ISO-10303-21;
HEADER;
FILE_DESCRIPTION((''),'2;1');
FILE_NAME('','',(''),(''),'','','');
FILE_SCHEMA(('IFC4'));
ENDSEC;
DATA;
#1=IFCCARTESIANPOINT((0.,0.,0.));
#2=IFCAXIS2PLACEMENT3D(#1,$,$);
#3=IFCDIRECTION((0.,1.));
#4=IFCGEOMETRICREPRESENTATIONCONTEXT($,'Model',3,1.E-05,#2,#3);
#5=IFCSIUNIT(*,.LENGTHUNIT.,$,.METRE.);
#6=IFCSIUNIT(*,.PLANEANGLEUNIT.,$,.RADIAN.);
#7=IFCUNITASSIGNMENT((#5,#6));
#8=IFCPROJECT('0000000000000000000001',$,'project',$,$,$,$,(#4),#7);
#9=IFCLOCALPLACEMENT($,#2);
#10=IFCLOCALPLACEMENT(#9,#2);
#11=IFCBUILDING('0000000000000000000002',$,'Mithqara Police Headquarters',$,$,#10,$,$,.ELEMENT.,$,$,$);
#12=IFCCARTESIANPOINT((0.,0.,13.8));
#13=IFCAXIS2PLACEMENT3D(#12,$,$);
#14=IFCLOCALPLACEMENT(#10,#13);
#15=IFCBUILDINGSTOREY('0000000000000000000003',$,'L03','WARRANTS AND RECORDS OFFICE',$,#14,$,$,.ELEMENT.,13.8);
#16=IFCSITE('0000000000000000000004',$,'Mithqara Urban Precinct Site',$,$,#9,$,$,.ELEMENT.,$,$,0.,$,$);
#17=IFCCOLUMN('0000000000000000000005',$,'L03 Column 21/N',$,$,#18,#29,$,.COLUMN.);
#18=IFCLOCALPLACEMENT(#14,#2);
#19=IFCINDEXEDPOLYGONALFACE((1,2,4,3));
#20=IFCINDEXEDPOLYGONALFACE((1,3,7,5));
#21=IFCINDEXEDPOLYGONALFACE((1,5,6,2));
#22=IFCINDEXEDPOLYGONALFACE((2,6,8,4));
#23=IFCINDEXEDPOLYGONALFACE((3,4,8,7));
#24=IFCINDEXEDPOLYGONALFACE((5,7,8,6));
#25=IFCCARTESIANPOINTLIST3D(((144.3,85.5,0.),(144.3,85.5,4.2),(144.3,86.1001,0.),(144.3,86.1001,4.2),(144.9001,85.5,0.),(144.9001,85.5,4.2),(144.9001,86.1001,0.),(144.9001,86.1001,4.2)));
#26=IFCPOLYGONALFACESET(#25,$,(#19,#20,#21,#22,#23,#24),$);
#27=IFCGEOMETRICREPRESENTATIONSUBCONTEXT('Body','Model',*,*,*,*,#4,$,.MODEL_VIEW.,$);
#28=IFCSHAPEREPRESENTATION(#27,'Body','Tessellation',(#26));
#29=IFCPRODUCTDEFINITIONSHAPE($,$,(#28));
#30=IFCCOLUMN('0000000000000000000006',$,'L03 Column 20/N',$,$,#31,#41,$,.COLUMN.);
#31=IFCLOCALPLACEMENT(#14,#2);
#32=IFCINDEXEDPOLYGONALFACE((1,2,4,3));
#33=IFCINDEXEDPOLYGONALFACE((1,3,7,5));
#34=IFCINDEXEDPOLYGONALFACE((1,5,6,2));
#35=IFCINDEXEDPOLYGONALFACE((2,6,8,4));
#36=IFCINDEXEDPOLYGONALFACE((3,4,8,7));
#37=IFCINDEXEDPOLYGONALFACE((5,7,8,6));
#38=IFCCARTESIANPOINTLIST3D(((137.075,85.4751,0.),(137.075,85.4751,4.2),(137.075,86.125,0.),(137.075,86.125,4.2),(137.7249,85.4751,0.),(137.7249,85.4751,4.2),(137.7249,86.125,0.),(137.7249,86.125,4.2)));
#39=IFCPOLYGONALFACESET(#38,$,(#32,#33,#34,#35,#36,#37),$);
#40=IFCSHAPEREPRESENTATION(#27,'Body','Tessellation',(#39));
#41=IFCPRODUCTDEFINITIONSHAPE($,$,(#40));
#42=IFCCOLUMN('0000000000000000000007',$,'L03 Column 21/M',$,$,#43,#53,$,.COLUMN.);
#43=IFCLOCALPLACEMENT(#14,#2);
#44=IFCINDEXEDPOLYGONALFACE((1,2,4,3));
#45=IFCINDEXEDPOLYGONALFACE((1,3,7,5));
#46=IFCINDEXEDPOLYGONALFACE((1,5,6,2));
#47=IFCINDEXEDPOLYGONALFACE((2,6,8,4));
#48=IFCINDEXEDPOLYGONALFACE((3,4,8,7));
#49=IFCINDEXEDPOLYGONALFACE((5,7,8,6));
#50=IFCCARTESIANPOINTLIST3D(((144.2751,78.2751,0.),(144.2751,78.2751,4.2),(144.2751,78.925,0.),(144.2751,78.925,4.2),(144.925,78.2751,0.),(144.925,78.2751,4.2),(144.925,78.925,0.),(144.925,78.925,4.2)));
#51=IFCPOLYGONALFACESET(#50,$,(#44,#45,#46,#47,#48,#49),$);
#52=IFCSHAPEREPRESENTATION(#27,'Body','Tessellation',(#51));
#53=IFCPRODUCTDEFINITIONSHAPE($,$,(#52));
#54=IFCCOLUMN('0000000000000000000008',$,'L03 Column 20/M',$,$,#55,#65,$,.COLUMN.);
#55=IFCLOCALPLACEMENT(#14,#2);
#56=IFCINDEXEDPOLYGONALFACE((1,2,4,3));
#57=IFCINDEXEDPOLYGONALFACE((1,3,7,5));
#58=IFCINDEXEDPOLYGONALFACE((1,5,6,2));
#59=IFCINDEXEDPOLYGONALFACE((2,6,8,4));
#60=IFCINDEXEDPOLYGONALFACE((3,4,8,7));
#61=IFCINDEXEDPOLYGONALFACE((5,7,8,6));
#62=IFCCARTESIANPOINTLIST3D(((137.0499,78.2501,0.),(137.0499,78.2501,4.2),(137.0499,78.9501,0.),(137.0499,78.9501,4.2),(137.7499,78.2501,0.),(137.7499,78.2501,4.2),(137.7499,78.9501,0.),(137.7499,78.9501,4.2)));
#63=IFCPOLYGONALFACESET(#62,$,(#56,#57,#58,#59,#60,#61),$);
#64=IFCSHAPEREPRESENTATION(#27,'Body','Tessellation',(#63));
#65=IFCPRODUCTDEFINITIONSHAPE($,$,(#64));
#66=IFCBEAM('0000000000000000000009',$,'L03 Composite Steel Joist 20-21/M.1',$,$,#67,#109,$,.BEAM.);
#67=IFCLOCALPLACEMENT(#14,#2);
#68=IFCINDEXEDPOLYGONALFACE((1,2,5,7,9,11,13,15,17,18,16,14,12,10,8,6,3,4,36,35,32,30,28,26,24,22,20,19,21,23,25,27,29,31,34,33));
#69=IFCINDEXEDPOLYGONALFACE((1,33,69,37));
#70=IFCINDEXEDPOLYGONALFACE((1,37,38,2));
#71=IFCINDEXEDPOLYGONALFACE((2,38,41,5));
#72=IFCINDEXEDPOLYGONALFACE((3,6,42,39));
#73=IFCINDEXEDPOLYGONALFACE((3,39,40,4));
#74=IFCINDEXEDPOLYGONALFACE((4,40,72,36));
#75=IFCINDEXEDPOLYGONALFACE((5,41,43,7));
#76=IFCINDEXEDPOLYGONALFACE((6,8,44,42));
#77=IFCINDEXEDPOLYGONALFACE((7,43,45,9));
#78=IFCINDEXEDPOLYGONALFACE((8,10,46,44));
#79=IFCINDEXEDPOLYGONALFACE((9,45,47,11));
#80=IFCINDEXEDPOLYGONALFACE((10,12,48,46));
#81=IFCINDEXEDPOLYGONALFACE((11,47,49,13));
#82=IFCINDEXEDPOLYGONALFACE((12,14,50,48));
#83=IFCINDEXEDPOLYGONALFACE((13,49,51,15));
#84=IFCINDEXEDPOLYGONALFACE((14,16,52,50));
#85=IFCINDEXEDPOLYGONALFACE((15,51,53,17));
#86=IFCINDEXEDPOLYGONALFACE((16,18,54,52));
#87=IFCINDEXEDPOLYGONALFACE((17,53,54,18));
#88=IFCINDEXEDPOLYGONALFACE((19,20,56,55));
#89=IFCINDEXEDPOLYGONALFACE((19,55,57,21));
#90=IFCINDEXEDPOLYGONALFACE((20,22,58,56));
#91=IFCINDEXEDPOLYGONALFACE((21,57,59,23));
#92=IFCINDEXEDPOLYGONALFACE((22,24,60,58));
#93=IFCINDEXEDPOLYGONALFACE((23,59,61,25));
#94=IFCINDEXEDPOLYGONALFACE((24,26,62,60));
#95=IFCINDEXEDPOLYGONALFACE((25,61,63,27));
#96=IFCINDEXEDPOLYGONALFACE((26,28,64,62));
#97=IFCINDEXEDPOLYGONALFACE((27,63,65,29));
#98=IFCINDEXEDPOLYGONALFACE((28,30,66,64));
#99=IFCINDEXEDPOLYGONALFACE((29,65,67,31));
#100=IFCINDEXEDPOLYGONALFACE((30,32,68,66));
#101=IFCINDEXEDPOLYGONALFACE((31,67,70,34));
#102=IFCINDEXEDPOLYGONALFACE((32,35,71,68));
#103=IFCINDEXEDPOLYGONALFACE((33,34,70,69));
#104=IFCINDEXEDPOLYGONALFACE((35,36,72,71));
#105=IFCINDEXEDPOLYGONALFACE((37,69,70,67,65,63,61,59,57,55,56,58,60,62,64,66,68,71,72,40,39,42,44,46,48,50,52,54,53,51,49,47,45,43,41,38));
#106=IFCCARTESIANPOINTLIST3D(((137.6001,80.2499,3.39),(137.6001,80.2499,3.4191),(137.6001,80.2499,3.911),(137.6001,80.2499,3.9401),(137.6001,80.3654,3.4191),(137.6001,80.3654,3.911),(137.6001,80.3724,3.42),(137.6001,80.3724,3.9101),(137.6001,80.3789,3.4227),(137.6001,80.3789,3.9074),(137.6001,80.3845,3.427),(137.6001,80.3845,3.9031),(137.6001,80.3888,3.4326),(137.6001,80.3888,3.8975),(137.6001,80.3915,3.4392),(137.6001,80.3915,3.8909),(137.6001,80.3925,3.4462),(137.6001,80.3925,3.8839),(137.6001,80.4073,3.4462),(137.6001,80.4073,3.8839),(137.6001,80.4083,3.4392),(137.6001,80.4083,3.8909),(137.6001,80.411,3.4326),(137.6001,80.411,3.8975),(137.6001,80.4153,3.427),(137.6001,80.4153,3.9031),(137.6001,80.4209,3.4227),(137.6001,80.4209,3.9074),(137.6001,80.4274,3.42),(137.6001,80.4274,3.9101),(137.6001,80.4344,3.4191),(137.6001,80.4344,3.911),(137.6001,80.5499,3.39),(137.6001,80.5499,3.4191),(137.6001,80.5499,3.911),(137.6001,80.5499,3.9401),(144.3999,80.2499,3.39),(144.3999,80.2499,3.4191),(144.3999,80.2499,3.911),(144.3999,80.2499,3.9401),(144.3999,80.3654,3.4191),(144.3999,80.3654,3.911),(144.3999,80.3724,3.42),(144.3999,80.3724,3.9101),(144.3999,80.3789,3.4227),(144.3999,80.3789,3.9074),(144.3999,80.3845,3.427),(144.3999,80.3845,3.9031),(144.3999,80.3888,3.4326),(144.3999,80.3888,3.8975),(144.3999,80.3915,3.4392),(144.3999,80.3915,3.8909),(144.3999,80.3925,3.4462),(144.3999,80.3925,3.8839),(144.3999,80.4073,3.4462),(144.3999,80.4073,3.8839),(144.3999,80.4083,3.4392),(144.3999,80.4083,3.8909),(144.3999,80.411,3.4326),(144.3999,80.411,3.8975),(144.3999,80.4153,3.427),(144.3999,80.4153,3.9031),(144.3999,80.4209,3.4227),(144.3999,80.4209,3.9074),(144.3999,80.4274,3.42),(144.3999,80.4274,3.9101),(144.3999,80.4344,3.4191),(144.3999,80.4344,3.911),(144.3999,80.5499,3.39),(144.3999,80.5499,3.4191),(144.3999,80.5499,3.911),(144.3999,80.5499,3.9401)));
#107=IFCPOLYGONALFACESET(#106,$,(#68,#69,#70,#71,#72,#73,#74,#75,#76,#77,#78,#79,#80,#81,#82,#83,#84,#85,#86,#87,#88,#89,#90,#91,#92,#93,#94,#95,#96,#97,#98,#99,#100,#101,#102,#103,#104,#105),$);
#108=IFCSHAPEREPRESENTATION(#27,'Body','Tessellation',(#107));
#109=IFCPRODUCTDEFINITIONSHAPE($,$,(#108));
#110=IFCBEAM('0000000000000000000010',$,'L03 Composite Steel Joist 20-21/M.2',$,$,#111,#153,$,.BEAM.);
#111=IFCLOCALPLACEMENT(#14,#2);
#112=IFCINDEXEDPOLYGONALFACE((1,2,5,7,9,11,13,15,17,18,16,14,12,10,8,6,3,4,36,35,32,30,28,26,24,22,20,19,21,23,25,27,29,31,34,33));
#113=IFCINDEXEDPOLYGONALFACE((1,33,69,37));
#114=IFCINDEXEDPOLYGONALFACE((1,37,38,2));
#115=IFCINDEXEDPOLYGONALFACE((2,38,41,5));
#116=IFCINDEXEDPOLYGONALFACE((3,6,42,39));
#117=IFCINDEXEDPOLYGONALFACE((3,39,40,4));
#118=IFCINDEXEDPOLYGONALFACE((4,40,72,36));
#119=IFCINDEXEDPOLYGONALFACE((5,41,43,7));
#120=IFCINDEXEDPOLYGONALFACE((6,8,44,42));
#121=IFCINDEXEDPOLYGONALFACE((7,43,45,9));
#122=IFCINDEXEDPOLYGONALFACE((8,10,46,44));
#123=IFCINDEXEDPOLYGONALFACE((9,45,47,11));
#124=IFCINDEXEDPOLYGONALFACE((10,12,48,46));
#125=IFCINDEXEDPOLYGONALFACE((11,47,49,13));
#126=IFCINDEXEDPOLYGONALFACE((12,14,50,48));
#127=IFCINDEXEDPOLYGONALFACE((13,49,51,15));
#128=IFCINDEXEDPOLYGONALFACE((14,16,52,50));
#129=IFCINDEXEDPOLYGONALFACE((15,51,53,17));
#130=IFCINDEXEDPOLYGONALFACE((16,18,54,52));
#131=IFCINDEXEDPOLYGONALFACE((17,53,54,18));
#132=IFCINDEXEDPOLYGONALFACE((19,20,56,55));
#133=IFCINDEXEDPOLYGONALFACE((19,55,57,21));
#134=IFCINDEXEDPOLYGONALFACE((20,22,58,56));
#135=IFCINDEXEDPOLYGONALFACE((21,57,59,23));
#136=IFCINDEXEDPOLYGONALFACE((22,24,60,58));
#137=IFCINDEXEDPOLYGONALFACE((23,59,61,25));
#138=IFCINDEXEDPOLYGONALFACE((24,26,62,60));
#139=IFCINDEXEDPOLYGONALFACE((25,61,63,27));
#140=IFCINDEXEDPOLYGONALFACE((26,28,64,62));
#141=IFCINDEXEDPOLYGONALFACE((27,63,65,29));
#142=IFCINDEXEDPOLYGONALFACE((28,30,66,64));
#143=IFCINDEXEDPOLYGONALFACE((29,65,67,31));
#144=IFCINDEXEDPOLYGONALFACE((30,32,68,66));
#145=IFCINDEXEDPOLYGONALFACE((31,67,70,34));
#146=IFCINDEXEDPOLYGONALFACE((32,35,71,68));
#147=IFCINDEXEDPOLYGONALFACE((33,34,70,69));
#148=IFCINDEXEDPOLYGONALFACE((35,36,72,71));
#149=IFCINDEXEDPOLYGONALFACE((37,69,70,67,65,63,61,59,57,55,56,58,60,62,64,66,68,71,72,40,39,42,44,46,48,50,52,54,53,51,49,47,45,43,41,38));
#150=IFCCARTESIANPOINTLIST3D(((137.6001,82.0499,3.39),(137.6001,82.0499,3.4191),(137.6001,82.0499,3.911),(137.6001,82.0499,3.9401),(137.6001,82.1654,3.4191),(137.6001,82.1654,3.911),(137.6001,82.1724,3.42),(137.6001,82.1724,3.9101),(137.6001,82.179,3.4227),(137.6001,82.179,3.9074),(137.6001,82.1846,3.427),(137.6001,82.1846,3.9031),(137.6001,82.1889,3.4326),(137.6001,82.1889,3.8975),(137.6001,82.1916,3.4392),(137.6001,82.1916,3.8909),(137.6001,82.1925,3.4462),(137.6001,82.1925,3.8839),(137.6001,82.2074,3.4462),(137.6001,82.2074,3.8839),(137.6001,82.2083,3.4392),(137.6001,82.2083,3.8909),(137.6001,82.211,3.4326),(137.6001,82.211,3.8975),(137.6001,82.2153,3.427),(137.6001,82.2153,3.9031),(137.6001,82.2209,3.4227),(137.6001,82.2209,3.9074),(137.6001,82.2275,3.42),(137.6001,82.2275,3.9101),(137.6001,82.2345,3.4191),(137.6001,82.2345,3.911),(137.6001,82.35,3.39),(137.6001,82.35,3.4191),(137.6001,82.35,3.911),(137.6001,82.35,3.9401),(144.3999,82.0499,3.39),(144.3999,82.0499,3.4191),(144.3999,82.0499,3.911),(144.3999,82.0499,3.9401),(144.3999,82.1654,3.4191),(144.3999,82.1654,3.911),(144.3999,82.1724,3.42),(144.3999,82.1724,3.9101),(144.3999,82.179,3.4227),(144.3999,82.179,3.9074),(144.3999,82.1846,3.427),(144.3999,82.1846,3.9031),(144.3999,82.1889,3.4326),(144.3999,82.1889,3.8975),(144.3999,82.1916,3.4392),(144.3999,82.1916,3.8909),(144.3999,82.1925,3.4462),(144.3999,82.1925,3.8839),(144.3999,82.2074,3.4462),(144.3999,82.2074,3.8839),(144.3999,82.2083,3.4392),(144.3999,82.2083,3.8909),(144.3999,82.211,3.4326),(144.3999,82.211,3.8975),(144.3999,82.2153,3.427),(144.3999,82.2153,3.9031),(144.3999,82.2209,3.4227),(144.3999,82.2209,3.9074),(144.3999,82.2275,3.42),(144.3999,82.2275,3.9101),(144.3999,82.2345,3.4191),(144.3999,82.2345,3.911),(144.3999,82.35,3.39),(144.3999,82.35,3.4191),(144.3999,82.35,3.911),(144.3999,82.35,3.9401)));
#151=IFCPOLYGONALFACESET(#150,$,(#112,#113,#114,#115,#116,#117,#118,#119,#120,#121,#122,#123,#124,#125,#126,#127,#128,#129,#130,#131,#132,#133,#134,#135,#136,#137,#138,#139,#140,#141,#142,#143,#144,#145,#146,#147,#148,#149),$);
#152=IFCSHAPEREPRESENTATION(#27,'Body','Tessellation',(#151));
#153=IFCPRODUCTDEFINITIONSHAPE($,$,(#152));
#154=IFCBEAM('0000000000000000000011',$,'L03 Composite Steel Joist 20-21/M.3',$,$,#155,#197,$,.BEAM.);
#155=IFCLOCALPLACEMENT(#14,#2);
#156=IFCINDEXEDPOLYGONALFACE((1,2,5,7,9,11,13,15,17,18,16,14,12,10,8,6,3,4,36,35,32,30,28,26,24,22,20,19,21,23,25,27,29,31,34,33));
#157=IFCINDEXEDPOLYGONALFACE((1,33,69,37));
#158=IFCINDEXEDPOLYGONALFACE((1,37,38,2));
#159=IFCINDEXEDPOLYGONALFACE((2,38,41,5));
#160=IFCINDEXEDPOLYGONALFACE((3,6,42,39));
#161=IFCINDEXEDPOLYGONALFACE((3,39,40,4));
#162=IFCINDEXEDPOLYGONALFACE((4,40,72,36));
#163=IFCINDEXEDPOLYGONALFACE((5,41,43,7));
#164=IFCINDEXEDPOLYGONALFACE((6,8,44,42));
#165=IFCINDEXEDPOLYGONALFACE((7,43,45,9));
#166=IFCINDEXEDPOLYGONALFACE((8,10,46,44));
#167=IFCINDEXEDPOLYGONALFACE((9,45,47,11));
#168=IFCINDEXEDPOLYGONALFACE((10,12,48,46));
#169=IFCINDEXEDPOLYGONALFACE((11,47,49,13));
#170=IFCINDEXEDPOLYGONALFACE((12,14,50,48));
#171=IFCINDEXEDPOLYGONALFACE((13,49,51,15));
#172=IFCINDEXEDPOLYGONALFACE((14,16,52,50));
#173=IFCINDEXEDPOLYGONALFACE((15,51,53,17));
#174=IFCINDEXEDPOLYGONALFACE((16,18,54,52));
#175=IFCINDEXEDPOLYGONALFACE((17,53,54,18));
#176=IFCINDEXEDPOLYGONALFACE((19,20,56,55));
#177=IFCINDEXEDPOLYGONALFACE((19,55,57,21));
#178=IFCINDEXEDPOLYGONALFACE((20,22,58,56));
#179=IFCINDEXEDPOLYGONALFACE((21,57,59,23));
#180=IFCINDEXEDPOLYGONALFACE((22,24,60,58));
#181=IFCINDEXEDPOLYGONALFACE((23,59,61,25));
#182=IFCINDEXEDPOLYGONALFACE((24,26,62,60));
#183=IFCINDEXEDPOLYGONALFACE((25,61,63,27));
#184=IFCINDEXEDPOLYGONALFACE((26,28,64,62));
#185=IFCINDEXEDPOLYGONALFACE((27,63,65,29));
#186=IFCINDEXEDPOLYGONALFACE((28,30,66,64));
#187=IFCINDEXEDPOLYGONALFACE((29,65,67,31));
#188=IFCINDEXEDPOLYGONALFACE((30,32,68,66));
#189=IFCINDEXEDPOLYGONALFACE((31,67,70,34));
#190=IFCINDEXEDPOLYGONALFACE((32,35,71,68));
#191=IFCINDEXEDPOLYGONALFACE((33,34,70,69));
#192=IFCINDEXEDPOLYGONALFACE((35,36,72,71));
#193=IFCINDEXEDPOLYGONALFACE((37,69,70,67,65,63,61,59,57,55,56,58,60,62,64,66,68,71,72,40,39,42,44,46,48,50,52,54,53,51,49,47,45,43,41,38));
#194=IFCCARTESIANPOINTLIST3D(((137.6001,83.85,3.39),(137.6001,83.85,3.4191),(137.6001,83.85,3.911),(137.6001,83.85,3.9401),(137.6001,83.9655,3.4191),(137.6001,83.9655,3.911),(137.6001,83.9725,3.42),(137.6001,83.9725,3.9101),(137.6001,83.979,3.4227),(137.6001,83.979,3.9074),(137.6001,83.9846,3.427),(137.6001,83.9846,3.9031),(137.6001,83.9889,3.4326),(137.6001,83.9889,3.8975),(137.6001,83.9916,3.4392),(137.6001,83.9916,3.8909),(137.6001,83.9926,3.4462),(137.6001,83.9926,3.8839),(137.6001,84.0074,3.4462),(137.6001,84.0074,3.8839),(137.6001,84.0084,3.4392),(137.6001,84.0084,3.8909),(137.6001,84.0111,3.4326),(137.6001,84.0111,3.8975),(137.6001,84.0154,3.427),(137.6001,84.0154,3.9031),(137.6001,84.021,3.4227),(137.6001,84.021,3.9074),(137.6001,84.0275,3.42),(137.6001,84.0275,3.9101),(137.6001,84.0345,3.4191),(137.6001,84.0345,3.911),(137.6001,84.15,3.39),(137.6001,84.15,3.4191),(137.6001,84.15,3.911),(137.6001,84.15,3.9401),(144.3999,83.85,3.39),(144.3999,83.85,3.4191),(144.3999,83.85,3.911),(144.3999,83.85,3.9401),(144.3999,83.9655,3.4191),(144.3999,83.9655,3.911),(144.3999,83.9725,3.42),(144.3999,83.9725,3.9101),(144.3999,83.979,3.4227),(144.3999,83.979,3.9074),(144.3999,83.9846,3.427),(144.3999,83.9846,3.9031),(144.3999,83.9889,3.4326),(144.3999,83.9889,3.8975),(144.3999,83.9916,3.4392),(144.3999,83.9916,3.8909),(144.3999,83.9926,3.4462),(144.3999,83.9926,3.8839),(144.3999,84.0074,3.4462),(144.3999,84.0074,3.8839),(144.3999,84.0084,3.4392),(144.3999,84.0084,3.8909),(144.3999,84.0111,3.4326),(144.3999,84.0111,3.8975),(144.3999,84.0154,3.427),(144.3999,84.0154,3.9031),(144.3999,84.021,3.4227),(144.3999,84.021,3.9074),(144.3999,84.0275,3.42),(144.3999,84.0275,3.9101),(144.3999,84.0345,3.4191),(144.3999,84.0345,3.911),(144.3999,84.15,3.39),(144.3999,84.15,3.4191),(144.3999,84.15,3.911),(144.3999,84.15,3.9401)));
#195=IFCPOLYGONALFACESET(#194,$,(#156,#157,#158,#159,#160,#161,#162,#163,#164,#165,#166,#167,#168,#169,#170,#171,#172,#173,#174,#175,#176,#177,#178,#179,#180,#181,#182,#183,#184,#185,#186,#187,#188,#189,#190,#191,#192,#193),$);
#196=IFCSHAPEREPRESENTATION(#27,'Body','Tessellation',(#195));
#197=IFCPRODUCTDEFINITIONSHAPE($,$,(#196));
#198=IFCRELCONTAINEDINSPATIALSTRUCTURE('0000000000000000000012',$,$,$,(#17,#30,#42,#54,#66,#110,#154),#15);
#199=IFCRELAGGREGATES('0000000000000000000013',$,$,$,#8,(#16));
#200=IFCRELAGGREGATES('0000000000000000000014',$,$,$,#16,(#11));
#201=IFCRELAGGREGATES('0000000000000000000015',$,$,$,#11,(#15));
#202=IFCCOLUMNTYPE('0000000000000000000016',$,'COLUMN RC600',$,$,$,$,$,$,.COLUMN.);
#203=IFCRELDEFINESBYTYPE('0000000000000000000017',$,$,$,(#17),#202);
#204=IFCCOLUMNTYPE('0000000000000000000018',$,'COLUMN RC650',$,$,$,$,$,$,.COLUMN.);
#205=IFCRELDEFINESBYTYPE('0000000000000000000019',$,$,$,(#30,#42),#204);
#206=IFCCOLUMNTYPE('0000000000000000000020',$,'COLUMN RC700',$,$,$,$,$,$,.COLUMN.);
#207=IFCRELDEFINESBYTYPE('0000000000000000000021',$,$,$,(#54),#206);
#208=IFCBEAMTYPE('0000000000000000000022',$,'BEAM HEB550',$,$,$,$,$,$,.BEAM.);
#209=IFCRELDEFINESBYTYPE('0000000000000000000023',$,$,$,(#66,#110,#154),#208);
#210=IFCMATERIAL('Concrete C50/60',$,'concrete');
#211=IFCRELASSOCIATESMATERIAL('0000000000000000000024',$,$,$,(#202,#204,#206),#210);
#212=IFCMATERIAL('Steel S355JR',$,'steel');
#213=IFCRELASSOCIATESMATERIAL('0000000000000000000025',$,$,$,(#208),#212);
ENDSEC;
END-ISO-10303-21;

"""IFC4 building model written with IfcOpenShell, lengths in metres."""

from ifc_helpers import new_model, si_unit, direction, frame, origin, origin_2d, place, context, subcontext, project, spatial, rectangle, i_section, extrude, material, material_profile, profile_set, type_object, element, save


model = new_model("IFC4")

# Units and contexts
model_context = context("Model", 3, precision=1e-05, world=origin(), true_north=direction((0.0, 1.0)))
body_context = subcontext(model_context, "Body", "Model", "MODEL_VIEW")
ifc_project = project(units=[si_unit("LENGTHUNIT", "METRE"), si_unit("PLANEANGLEUNIT", "RADIAN")], contexts=[model_context])

# Site, building, storey
site_placement = place(None, origin())
site = spatial("IfcSite", under=ifc_project, at=site_placement, Name="Mithqara Urban Precinct Site", CompositionType="ELEMENT", RefElevation=0.0)
building_placement = place(site_placement, origin())
building = spatial("IfcBuilding", under=site, at=building_placement, Name="Mithqara Police Headquarters", CompositionType="ELEMENT")
storey_placement = place(building_placement, frame((0.0, 0.0, 13.8)))
storey = spatial("IfcBuildingStorey", under=building, at=storey_placement, Name="L03", Description="WARRANTS AND RECORDS OFFICE", CompositionType="ELEMENT", Elevation=13.8)

# Columns
ifc_material_1 = material(Name="Concrete C50/60", Category="concrete")
ifc_material_profile_1 = material_profile(ifc_material_1, rectangle(XDim=0.6001, YDim=0.6001, at=origin_2d()), Name="RC 600x600")
ifc_profile_set_1 = profile_set([ifc_material_profile_1], Name="Concrete C50/60")
column_type_1 = type_object("IfcColumnType", Name="COLUMN RC600", PredefinedType="COLUMN", material=ifc_profile_set_1)
column_1_placement = place(storey_placement, frame((144.6001, 85.8, 0.0), z_axis=(0.0, 0.0, 1.0), x_axis=(1.0, 0.0, 0.0)))
element("IfcColumn", 1, at=column_1_placement, inside=storey, type_object=column_type_1, Name="L03 Column 21/N", PredefinedType="COLUMN", context=body_context, shape_type="SweptSolid", body=[
    extrude(rectangle(XDim=0.6001, YDim=0.6001, at=origin_2d()), origin(), (0.0, 0.0, 1.0), 4.2),
])
ifc_material_profile_2 = material_profile(ifc_material_1, rectangle(XDim=0.6499, YDim=0.6499, at=origin_2d()), Name="RC 650x650")
ifc_profile_set_2 = profile_set([ifc_material_profile_2], Name="Concrete C50/60")
column_type_2 = type_object("IfcColumnType", Name="COLUMN RC650", PredefinedType="COLUMN", material=ifc_profile_set_2)
for number, where, z_axis, x_axis, name in (
    (2, (137.3999, 85.8, 0.0), (0.0, 0.0, 1.0), (1.0, 0.0, 0.0), "L03 Column 20/N"),
    (3, (144.6001, 78.6001, 0.0), (0.0, 0.0, 1.0), (1.0, 0.0, 0.0), "L03 Column 21/M"),
):
    element("IfcColumn", number, at=place(storey_placement, frame(where, z_axis=z_axis, x_axis=x_axis)), inside=storey, type_object=column_type_2, Name=name, PredefinedType="COLUMN", context=body_context, shape_type="SweptSolid", body=[
        extrude(rectangle(XDim=0.6499, YDim=0.6499, at=origin_2d()), origin(), (0.0, 0.0, 1.0), 4.2),
    ])
ifc_material_profile_3 = material_profile(ifc_material_1, rectangle(XDim=0.7, YDim=0.7, at=origin_2d()), Name="RC 700x700")
ifc_profile_set_3 = profile_set([ifc_material_profile_3], Name="Concrete C50/60")
column_type_3 = type_object("IfcColumnType", Name="COLUMN RC700", PredefinedType="COLUMN", material=ifc_profile_set_3)
column_2_placement = place(storey_placement, frame((137.3999, 78.6001, 0.0), z_axis=(0.0, 0.0, 1.0), x_axis=(1.0, 0.0, 0.0)))
element("IfcColumn", 4, at=column_2_placement, inside=storey, type_object=column_type_3, Name="L03 Column 20/M", PredefinedType="COLUMN", context=body_context, shape_type="SweptSolid", body=[
    extrude(rectangle(XDim=0.7, YDim=0.7, at=origin_2d()), origin(), (0.0, 0.0, 1.0), 4.2),
])

# Beams
ifc_material_2 = material(Name="Steel S355JR", Category="steel")
ifc_material_profile_4 = material_profile(ifc_material_2, i_section(OverallWidth=0.3, OverallDepth=0.55, WebThickness=0.0149, FlangeThickness=0.0291, FilletRadius=0.0271, at=origin_2d()), Name="HEB 550")
ifc_profile_set_4 = profile_set([ifc_material_profile_4], Name="Steel S355JR")
beam_type_1 = type_object("IfcBeamType", Name="BEAM HEB550", PredefinedType="BEAM", material=ifc_profile_set_4)
for number, where, z_axis, x_axis, name in (
    (5, (137.6001, 80.3999, 3.665), (1.0, 0.0, 0.0), (0.0, 1.0, 0.0), "L03 Composite Steel Joist 20-21/M.1"),
    (6, (137.6001, 82.2, 3.665), (1.0, 0.0, 0.0), (0.0, 1.0, 0.0), "L03 Composite Steel Joist 20-21/M.2"),
    (7, (137.6001, 84.0, 3.665), (1.0, 0.0, 0.0), (0.0, 1.0, 0.0), "L03 Composite Steel Joist 20-21/M.3"),
):
    element("IfcBeam", number, at=place(storey_placement, frame(where, z_axis=z_axis, x_axis=x_axis)), inside=storey, type_object=beam_type_1, Name=name, PredefinedType="BEAM", context=body_context, shape_type="SweptSolid", body=[
        extrude(i_section(OverallWidth=0.3, OverallDepth=0.55, WebThickness=0.0149, FlangeThickness=0.0291, FilletRadius=0.0271, at=origin_2d()), origin(), (0.0, 0.0, 1.0), 6.7998),
    ])

save(model, "model.ifc")
